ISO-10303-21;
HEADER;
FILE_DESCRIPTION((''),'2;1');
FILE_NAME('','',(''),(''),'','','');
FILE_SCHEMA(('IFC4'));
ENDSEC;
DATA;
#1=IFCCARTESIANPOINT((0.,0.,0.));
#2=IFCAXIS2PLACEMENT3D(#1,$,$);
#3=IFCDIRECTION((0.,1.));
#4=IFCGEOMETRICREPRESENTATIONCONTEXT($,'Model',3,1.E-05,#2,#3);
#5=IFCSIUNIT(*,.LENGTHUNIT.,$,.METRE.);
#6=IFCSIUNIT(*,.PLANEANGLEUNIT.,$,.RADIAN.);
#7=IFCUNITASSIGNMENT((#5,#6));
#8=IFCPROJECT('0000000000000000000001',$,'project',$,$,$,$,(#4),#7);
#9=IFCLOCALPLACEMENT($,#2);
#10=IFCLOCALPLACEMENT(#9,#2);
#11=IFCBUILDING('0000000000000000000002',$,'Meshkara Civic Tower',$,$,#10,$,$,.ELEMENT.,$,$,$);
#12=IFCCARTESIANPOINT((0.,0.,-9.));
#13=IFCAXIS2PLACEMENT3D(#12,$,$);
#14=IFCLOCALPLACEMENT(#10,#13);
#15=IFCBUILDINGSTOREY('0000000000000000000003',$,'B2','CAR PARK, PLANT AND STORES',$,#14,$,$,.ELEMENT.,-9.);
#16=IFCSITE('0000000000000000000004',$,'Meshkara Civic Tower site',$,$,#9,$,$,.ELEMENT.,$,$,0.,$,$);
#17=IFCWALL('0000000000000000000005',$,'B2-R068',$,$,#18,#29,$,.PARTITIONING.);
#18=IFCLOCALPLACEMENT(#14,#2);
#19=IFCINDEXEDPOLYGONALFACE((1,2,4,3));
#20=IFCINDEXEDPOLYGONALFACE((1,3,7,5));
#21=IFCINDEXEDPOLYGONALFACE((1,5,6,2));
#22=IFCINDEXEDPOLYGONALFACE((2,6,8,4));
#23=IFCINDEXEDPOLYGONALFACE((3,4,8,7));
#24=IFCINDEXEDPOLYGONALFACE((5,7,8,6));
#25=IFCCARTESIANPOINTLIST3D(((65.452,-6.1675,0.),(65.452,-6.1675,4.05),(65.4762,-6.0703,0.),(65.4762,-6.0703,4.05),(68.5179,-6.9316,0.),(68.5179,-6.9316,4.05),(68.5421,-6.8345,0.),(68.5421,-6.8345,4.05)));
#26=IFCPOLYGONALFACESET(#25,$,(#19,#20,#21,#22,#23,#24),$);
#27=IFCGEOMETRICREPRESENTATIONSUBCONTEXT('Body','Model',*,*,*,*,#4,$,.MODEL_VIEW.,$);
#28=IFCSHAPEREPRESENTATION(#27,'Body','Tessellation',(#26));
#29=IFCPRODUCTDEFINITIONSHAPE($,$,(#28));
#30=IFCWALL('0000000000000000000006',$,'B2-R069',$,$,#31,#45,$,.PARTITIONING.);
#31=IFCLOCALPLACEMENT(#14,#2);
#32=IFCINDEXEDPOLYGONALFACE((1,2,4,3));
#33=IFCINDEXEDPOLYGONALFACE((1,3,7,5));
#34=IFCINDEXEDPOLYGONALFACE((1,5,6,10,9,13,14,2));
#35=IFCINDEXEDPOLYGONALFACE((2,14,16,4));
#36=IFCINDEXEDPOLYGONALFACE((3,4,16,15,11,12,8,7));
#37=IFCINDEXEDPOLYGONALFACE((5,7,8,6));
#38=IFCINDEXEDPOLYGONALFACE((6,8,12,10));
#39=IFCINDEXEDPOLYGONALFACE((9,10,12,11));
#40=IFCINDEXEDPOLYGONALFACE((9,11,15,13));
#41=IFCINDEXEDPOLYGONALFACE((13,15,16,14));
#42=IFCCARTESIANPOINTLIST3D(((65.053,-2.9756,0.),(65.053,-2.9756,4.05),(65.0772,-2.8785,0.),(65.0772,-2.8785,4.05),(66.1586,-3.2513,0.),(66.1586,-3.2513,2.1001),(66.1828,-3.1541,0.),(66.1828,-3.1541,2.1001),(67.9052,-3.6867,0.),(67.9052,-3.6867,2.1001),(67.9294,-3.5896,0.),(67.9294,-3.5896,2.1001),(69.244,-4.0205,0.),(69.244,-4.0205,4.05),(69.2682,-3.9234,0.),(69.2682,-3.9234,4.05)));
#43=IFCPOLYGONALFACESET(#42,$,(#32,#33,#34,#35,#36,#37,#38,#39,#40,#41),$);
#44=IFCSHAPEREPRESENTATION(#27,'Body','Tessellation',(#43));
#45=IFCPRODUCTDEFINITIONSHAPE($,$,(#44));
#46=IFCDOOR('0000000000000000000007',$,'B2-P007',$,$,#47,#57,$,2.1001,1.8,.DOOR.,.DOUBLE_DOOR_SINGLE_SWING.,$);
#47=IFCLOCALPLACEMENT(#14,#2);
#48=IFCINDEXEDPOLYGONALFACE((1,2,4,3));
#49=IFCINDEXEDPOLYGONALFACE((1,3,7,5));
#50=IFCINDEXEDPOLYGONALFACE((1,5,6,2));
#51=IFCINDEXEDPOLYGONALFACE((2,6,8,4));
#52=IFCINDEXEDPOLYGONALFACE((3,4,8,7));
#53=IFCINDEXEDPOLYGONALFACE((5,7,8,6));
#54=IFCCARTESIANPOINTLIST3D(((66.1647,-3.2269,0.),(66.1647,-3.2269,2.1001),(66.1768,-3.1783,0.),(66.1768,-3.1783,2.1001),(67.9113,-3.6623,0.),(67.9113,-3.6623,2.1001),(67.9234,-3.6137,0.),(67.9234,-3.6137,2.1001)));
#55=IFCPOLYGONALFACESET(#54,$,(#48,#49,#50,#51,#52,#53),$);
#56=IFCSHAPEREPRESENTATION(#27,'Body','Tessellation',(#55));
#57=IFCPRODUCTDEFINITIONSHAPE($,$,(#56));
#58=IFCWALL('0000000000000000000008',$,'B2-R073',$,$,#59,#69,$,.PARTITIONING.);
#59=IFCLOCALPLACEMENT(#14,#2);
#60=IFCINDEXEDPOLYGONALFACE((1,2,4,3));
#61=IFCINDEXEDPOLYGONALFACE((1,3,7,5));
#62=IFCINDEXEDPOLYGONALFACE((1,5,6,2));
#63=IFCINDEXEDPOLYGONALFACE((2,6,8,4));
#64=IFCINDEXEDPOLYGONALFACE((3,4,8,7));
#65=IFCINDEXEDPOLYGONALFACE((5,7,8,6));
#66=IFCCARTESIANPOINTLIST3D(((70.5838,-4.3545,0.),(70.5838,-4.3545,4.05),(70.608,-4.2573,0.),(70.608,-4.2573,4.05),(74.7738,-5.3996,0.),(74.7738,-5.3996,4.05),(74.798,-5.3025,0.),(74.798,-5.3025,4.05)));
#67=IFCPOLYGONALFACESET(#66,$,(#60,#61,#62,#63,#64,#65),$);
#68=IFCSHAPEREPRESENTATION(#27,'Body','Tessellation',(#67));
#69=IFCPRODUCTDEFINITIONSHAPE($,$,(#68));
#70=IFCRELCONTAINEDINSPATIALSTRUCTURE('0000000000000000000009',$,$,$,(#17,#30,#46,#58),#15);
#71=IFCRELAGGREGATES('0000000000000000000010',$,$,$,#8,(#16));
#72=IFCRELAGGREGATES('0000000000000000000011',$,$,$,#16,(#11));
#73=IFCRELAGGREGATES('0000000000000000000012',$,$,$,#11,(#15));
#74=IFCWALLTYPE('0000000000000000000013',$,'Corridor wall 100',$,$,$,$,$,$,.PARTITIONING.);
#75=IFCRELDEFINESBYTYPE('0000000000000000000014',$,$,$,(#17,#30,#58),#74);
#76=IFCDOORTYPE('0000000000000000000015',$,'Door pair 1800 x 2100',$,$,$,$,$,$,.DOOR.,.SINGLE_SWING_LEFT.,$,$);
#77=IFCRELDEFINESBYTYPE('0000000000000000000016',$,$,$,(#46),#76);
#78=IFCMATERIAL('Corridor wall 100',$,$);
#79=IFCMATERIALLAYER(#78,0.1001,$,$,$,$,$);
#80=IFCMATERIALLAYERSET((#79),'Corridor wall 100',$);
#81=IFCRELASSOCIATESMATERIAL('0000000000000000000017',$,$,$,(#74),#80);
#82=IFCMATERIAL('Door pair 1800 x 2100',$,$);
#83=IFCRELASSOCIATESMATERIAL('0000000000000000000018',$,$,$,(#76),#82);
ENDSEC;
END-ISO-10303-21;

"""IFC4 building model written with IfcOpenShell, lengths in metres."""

from ifc_helpers import new_model, si_unit, direction, frame, frame_2d, origin, place, context, subcontext, project, spatial, rectangle, extrude, material, layer, layer_set, type_object, element, fill, save


model = new_model("IFC4")

# Units and contexts
model_context = context("Model", 3, precision=1e-05, world=origin(), true_north=direction((0.0, 1.0)))
body_context = subcontext(model_context, "Body", "Model", "MODEL_VIEW")
ifc_project = project(units=[si_unit("LENGTHUNIT", "METRE"), si_unit("PLANEANGLEUNIT", "RADIAN")], contexts=[model_context])

# Site, building, storey
site_placement = place(None, origin())
site = spatial("IfcSite", under=ifc_project, at=site_placement, Name="Meshkara Civic Tower site", CompositionType="ELEMENT", RefElevation=0.0)
building_placement = place(site_placement, origin())
building = spatial("IfcBuilding", under=site, at=building_placement, Name="Meshkara Civic Tower", CompositionType="ELEMENT")
storey_placement = place(building_placement, frame((0.0, 0.0, -9.0)))
storey = spatial("IfcBuildingStorey", under=building, at=storey_placement, Name="B2", Description="CAR PARK, PLANT AND STORES", CompositionType="ELEMENT", Elevation=-9.0)

# Wall
ifc_material_1 = material(Name="Corridor wall 100")
ifc_layer = layer(ifc_material_1, 0.1001)
ifc_layer_set = layer_set([ifc_layer], Name="Corridor wall 100")
wall_type = type_object("IfcWallType", Name="Corridor wall 100", PredefinedType="PARTITIONING", material=ifc_layer_set)
wall_1_placement = place(storey_placement, frame((65.4641, -6.1189, 0.0), z_axis=(0.0, 0.0, 1.0), x_axis=(0.970315, -0.241845, 0.0)))
element("IfcWall", 1, at=wall_1_placement, inside=storey, type_object=wall_type, Name="B2-R068", PredefinedType="PARTITIONING", context=body_context, shape_type="SweptSolid", body=[
    extrude(rectangle(XDim=3.1597, YDim=0.1001, at=frame_2d((1.5798, 0.0))), origin(), (0.0, 0.0, 1.0), 4.05),
])

# Wall, opening, door
wall_2_placement = place(storey_placement, frame((69.2561, -3.9719, 0.0), z_axis=(0.0, 0.0, 1.0), x_axis=(-0.970299, 0.241911, 0.0)))
wall_2 = element("IfcWall", 2, at=wall_2_placement, inside=storey, type_object=wall_type, Name="B2-R069", PredefinedType="PARTITIONING", context=body_context, shape_type="SweptSolid", body=[
    extrude(rectangle(XDim=4.3193, YDim=0.1001, at=frame_2d((2.1597, 0.0))), origin(), (0.0, 0.0, 1.0), 4.05),
])
opening_placement = place(wall_2_placement, frame((1.3799, 0.0, 0.0)))
opening = element("IfcOpeningElement", 3, at=opening_placement, cuts=wall_2, PredefinedType="OPENING", context=body_context, shape_type="SweptSolid", body=[
    extrude(rectangle(XDim=1.8, YDim=2.1001, at=frame_2d((0.8999, 1.05))), frame((0.0, 0.0601, 0.0), z_axis=(0.0, -1.0, 0.0), x_axis=(1.0, 0.0, 0.0)), (0.0, 0.0, 1.0), 0.1201),
])
ifc_material_2 = material(Name="Door pair 1800 x 2100")
door_type = type_object("IfcDoorType", Name="Door pair 1800 x 2100", OperationType="SINGLE_SWING_LEFT", PredefinedType="DOOR", material=ifc_material_2)
door_placement = place(opening_placement, origin())
door = element("IfcDoor", 4, at=door_placement, inside=storey, type_object=door_type, Name="B2-P007", OperationType="DOUBLE_DOOR_SINGLE_SWING", OverallHeight=2.1001, OverallWidth=1.8, PredefinedType="DOOR", context=body_context, shape_type="SweptSolid", body=[
    extrude(rectangle(XDim=1.8, YDim=2.1001, at=frame_2d((0.8999, 1.05))), frame((0.0, 0.0249, 0.0), z_axis=(0.0, -1.0, 0.0), x_axis=(1.0, 0.0, 0.0)), (0.0, 0.0, 1.0), 0.05),
])
fill(opening, door)

# Wall
wall_3_placement = place(storey_placement, frame((74.7859, -5.3511, 0.0), z_axis=(0.0, 0.0, 1.0), x_axis=(-0.970269, 0.24203, 0.0)))
element("IfcWall", 5, at=wall_3_placement, inside=storey, type_object=wall_type, Name="B2-R073", PredefinedType="PARTITIONING", context=body_context, shape_type="SweptSolid", body=[
    extrude(rectangle(XDim=4.3184, YDim=0.1001, at=frame_2d((2.1592, 0.0))), origin(), (0.0, 0.0, 1.0), 4.05),
])

save(model, "model.ifc")
